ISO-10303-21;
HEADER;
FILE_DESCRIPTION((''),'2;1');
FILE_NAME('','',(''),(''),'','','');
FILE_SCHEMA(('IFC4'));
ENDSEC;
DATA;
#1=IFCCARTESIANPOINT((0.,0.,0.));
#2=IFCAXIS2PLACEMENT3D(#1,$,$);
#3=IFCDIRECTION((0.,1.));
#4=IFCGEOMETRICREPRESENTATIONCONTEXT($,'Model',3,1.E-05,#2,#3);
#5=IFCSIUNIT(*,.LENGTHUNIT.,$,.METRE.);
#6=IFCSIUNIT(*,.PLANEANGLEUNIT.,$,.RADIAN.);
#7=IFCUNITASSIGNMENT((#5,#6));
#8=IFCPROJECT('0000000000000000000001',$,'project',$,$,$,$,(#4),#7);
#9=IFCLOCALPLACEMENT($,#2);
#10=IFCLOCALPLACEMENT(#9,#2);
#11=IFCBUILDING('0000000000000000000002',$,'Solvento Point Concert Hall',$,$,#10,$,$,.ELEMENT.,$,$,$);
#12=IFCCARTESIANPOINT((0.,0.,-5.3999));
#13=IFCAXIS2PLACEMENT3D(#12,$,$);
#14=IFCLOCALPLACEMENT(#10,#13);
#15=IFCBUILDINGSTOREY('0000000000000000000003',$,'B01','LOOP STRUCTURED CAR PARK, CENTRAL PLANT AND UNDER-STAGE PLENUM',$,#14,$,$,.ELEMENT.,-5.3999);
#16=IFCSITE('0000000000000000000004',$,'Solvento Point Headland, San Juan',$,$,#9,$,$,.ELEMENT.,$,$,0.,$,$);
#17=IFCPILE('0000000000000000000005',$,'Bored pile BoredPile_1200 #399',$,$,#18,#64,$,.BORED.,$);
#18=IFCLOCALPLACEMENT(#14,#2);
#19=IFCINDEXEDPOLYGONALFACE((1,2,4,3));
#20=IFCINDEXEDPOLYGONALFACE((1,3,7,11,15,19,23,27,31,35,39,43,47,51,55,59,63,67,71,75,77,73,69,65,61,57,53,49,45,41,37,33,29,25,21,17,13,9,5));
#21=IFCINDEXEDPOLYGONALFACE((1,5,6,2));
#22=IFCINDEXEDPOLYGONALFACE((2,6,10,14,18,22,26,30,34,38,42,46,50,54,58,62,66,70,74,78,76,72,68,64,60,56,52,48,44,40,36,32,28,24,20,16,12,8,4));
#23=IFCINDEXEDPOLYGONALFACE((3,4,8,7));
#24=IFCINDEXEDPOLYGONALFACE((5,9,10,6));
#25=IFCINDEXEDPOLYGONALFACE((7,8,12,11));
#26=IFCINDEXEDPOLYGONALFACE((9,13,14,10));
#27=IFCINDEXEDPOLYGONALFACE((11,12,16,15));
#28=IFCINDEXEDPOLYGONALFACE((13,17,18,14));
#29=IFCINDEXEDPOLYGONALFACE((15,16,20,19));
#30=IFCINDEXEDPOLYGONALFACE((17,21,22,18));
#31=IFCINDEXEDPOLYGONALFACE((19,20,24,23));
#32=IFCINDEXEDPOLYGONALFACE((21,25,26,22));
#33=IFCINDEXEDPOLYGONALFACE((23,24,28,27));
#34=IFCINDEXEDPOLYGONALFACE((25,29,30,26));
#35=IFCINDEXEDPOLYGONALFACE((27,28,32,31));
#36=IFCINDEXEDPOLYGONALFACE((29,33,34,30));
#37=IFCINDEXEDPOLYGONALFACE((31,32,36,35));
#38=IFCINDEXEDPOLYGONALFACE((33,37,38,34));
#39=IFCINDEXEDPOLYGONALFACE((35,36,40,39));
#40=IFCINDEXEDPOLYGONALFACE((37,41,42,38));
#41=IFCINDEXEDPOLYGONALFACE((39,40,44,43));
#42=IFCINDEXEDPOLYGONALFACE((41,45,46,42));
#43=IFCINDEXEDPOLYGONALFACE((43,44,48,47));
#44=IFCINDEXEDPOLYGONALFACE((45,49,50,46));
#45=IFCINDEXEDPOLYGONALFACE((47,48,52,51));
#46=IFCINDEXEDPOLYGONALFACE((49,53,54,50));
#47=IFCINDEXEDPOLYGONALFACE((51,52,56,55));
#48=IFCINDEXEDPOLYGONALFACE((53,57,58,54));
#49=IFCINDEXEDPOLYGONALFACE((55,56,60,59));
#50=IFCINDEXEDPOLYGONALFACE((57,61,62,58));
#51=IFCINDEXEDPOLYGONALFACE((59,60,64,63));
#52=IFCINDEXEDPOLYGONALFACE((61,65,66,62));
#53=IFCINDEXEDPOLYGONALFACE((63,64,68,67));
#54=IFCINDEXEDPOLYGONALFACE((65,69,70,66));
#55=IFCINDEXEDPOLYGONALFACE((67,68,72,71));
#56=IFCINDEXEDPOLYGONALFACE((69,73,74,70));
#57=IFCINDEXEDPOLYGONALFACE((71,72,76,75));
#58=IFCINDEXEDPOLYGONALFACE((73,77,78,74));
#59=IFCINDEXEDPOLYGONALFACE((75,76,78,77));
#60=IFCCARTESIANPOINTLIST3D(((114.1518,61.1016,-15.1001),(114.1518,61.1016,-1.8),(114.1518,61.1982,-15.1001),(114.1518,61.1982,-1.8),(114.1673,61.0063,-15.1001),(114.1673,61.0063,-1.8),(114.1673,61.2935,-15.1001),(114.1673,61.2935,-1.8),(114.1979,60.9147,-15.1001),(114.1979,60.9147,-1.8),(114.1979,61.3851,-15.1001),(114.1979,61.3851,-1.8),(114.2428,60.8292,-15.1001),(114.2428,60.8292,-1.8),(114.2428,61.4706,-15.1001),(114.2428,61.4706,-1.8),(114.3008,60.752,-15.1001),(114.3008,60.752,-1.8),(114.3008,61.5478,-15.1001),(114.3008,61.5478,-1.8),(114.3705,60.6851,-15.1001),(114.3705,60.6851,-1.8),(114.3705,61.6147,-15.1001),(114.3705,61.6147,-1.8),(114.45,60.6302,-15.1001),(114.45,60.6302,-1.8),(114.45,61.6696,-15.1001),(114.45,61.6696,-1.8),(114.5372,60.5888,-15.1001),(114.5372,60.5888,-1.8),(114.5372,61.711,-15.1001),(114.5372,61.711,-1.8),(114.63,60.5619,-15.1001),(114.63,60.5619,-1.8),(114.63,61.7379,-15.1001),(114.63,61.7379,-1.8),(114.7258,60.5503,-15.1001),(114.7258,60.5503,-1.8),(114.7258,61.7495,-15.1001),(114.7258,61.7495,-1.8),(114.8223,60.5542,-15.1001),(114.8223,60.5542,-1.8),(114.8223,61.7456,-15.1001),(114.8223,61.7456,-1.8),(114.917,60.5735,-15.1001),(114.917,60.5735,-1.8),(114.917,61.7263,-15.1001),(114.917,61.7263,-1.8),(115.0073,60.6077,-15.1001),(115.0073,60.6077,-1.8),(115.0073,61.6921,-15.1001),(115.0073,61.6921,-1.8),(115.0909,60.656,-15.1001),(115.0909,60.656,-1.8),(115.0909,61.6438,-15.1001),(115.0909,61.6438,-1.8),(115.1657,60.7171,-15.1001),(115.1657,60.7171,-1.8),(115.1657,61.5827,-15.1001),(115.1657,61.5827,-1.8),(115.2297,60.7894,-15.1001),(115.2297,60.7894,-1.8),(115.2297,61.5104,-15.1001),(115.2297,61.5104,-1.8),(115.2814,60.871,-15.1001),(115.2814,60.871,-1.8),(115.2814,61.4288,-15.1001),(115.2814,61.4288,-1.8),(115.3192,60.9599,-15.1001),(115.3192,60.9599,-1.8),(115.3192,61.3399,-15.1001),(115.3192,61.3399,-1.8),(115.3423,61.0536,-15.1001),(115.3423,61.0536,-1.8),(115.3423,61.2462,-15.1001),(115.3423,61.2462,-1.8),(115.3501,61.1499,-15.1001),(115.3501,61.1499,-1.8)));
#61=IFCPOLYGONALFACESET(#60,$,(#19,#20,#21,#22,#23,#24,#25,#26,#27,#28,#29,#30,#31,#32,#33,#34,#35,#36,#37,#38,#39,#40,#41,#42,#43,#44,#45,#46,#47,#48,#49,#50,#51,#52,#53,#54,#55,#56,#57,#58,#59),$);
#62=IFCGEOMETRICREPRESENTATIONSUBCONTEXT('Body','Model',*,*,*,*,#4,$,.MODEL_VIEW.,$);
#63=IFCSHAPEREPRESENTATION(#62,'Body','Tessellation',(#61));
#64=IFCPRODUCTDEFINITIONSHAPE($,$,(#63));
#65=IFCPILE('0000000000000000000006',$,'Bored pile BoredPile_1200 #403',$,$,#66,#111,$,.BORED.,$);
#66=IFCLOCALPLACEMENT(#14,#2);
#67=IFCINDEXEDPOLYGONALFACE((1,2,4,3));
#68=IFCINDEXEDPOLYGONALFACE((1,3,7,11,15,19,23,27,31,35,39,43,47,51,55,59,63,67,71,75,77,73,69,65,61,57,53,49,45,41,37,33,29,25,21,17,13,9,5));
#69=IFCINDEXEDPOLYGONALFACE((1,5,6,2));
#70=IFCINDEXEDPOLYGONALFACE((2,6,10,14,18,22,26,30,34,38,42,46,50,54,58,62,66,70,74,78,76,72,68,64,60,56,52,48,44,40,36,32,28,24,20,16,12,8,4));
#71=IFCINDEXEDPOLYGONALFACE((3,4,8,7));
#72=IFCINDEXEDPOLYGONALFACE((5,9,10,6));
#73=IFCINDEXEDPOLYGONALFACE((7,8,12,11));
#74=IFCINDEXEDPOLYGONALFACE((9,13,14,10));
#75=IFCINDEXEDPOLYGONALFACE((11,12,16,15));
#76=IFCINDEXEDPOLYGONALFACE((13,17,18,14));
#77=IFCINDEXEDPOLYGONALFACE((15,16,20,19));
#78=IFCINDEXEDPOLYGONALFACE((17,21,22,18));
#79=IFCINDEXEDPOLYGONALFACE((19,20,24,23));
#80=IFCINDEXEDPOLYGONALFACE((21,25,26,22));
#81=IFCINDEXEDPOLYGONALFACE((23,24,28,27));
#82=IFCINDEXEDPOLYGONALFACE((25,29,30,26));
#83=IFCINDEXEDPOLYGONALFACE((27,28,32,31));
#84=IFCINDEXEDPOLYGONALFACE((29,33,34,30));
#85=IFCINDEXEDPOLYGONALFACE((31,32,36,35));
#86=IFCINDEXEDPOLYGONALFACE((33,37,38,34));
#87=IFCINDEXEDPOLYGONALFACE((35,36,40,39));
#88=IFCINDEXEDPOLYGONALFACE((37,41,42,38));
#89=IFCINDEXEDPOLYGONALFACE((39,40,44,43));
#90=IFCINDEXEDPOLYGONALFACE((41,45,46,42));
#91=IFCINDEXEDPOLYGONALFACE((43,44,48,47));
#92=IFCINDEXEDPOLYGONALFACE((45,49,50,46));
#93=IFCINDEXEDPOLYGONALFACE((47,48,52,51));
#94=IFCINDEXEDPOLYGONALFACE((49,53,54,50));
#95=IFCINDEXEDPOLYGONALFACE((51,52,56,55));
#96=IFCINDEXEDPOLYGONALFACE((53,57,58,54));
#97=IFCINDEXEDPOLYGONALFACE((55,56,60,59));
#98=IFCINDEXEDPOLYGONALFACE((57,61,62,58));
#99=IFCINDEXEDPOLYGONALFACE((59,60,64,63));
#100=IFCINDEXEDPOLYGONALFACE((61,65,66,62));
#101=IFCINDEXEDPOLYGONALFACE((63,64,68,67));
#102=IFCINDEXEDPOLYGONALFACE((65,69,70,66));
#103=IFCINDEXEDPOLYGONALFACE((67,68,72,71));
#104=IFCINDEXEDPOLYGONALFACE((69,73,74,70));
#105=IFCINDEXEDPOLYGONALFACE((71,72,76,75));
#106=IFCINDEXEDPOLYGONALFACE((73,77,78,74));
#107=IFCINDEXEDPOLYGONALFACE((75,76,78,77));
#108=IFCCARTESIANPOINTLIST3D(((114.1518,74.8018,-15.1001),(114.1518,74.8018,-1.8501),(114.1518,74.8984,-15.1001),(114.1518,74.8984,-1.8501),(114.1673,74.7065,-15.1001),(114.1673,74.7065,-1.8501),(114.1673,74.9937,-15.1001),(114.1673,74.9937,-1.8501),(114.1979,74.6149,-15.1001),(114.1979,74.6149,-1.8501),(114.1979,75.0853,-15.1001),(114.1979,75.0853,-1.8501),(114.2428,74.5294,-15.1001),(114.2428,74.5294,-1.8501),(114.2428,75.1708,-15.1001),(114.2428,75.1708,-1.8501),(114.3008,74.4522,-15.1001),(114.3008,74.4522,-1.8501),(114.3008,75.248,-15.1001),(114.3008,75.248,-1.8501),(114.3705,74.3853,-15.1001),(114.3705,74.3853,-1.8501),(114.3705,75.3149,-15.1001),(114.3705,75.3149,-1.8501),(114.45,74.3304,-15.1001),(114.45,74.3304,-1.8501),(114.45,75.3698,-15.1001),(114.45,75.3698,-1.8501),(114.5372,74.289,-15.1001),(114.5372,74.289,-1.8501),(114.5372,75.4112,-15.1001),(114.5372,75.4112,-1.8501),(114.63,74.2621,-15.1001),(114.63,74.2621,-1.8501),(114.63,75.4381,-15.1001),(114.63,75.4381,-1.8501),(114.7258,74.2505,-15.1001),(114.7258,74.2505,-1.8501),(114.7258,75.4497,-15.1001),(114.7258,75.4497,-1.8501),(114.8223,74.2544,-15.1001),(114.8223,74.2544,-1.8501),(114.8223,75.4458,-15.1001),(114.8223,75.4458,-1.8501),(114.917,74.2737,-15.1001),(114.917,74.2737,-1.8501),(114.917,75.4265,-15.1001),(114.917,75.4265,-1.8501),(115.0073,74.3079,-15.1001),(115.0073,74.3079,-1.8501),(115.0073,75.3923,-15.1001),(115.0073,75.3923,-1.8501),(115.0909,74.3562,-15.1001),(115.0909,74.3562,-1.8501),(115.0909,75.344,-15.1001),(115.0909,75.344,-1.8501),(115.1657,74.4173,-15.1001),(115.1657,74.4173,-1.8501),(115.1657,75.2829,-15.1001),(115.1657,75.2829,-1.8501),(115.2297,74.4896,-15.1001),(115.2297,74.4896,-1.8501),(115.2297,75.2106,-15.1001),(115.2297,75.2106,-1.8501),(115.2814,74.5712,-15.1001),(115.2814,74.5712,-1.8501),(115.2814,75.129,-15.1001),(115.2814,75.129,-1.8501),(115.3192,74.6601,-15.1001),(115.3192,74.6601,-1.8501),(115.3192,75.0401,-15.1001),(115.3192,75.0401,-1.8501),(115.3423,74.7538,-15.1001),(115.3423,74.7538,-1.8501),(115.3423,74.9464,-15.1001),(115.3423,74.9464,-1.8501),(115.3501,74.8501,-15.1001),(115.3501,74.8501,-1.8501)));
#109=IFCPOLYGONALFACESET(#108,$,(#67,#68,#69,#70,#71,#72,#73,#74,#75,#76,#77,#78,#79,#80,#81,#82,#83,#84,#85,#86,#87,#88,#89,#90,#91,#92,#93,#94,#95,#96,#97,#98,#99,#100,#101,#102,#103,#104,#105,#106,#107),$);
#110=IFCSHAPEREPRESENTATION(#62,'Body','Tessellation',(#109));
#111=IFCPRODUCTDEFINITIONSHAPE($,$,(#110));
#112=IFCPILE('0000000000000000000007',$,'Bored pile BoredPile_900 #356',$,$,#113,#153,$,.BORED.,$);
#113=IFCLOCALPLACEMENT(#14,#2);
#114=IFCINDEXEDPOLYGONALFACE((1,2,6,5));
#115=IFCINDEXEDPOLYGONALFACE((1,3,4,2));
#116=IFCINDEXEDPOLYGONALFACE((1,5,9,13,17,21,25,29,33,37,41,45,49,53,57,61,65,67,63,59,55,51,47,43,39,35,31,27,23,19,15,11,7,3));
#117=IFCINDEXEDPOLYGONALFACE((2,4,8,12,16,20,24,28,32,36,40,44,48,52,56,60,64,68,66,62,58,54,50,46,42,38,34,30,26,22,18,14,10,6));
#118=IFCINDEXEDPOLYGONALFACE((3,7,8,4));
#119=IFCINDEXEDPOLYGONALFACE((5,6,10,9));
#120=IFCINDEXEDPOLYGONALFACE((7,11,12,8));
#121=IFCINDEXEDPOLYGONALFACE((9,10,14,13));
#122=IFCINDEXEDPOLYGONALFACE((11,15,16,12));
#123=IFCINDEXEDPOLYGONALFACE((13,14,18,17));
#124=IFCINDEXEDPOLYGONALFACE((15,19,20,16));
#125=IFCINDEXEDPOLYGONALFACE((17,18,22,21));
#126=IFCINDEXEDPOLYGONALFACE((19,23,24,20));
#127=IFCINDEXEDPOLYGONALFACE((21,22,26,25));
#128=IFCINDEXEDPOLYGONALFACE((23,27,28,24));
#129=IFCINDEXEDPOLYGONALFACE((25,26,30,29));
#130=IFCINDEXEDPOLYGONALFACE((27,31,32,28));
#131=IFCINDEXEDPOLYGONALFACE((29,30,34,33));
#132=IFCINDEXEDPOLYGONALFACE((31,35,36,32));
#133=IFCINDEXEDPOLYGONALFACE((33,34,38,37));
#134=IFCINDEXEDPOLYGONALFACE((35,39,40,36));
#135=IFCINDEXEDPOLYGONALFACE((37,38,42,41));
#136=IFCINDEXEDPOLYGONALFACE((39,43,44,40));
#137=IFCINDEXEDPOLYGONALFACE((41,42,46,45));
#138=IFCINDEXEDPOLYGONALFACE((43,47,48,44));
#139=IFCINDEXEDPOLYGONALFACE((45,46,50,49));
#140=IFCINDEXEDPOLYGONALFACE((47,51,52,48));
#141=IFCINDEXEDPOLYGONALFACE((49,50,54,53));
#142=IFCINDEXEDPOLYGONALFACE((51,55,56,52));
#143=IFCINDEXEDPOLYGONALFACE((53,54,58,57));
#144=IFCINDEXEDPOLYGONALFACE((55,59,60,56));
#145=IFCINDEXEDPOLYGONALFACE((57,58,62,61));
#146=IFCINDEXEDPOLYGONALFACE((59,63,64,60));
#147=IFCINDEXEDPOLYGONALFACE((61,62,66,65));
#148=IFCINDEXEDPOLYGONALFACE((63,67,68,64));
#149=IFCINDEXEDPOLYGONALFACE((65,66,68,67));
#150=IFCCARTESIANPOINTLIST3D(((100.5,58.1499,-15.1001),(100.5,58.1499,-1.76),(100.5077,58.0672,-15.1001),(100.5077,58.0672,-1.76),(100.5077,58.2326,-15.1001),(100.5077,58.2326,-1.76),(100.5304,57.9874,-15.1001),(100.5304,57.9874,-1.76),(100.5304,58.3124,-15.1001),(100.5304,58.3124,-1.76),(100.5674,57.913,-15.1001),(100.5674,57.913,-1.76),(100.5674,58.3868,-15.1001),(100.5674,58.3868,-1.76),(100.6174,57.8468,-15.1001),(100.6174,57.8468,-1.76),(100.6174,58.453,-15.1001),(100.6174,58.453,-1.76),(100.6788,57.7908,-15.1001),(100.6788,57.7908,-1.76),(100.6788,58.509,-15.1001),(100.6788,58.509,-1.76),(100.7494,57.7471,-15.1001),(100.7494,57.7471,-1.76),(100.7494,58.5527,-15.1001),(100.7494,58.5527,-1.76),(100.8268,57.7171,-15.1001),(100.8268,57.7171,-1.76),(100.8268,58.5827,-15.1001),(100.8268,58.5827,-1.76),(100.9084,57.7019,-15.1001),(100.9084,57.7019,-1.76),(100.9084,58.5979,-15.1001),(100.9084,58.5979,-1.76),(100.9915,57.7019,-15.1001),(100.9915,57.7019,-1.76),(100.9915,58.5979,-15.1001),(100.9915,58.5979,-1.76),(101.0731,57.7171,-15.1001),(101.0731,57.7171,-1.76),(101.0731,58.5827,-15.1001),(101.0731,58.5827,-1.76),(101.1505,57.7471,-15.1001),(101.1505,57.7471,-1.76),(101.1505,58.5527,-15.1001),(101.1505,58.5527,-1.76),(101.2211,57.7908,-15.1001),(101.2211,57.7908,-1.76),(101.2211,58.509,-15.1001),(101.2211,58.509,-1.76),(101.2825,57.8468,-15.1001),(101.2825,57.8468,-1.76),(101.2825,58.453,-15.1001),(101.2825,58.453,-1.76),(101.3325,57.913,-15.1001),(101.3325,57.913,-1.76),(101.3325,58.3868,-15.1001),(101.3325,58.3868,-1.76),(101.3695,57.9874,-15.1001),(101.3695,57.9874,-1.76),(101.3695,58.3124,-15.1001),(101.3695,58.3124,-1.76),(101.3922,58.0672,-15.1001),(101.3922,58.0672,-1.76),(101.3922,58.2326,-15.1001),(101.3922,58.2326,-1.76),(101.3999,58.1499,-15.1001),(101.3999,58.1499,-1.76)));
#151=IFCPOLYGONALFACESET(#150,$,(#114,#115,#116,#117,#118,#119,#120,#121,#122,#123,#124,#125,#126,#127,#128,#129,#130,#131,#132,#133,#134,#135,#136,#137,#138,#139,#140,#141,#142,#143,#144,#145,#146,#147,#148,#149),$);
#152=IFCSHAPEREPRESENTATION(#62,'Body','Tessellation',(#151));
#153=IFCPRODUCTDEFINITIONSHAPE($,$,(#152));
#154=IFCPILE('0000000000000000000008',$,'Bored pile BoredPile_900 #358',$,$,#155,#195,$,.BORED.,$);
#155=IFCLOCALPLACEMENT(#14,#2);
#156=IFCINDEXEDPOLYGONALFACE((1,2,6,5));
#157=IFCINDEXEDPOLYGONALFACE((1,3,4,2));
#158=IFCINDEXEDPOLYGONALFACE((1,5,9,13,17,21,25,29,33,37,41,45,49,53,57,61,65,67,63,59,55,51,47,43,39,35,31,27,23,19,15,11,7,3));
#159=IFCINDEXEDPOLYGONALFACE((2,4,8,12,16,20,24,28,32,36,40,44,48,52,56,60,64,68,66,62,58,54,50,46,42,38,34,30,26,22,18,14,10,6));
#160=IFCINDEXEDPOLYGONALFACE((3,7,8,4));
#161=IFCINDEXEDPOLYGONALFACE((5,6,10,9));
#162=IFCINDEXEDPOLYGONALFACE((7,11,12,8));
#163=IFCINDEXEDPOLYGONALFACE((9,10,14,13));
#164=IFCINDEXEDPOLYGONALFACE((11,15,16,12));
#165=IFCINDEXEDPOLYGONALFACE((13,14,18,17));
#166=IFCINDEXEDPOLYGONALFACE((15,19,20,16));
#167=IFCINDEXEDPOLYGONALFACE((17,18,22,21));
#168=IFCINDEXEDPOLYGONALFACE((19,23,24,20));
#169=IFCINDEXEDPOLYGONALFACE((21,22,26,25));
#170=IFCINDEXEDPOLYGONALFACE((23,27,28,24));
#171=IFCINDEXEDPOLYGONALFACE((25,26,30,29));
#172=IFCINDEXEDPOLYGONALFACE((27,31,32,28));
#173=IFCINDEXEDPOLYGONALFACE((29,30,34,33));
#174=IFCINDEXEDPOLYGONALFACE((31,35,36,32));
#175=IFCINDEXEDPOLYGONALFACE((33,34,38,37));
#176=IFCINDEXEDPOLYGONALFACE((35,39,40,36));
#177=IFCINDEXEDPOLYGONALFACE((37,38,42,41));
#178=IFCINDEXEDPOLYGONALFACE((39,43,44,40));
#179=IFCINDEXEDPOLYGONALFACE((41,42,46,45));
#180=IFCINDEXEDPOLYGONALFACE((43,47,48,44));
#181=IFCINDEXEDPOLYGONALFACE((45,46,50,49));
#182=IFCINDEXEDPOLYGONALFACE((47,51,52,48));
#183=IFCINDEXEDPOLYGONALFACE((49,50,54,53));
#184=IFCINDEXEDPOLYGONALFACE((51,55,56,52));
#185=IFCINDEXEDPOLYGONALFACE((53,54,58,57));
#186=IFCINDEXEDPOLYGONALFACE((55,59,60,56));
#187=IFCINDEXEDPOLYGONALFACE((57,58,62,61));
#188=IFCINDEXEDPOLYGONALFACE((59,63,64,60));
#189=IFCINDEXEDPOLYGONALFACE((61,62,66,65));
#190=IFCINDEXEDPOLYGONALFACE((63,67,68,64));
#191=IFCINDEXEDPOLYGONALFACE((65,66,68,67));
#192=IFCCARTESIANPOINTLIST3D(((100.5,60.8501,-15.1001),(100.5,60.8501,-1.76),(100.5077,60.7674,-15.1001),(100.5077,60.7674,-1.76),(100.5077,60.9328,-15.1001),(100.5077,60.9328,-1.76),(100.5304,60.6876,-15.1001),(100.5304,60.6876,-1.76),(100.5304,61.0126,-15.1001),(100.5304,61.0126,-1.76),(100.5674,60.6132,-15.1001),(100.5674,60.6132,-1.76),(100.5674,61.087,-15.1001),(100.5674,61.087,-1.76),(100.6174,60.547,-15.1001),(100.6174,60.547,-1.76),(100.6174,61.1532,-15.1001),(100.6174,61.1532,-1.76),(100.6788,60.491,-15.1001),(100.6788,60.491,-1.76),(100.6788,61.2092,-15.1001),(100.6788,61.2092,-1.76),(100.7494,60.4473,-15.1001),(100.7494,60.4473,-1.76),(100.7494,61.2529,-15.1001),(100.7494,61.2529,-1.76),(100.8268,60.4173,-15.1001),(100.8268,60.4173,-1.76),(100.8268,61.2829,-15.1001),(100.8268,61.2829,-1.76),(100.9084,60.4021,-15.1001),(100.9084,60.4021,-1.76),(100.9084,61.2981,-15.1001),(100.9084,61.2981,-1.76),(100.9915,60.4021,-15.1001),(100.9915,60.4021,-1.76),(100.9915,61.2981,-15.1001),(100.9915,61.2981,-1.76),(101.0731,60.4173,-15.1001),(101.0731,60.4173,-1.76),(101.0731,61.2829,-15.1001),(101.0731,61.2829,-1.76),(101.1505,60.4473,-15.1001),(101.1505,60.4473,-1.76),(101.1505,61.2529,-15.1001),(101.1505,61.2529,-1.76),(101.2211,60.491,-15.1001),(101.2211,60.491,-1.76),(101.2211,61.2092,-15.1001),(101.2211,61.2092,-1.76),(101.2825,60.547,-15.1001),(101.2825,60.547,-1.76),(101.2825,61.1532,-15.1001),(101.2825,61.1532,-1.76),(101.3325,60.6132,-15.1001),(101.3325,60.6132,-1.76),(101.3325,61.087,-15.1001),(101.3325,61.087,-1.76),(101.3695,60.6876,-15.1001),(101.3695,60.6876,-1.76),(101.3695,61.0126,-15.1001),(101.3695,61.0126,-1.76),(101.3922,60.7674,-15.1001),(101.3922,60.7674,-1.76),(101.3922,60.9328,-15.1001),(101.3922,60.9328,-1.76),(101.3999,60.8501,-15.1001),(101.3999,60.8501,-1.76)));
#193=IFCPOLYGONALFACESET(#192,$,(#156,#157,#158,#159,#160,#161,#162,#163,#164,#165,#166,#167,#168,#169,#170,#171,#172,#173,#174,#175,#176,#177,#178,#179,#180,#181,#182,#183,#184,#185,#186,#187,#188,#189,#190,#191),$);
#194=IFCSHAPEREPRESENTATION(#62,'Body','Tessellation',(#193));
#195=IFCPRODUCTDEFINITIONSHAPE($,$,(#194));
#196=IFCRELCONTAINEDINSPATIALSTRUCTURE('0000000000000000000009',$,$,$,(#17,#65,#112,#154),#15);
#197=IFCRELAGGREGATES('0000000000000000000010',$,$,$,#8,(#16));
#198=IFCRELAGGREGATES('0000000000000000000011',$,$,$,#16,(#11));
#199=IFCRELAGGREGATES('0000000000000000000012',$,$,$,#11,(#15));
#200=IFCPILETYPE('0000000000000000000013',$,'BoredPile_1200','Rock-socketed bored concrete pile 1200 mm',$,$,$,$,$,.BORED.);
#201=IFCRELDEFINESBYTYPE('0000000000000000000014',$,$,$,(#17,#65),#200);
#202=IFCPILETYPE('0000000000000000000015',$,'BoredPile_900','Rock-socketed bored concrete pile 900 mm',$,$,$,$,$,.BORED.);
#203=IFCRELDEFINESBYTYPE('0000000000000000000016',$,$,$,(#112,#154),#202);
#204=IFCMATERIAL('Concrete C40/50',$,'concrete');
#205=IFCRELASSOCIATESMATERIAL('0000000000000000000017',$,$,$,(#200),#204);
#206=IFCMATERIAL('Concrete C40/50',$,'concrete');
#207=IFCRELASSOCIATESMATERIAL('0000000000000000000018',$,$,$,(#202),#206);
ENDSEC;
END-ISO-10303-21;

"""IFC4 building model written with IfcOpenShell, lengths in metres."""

from ifc_helpers import new_model, si_unit, direction, frame, origin, origin_2d, place, context, subcontext, project, spatial, circle, extrude, material, material_profile, profile_set, type_object, element, save


model = new_model("IFC4")

# Units and contexts
model_context = context("Model", 3, precision=1e-05, world=origin(), true_north=direction((0.0, 1.0)))
body_context = subcontext(model_context, "Body", "Model", "MODEL_VIEW")
ifc_project = project(units=[si_unit("LENGTHUNIT", "METRE"), si_unit("PLANEANGLEUNIT", "RADIAN")], contexts=[model_context])

# Site, building, storey
site_placement = place(None, origin())
site = spatial("IfcSite", under=ifc_project, at=site_placement, Name="Solvento Point Headland, San Juan", CompositionType="ELEMENT", RefElevation=0.0)
building_placement = place(site_placement, origin())
building = spatial("IfcBuilding", under=site, at=building_placement, Name="Solvento Point Concert Hall", CompositionType="ELEMENT")
storey_placement = place(building_placement, frame((0.0, 0.0, -5.3999)))
storey = spatial("IfcBuildingStorey", under=building, at=storey_placement, Name="B01", Description="LOOP STRUCTURED CAR PARK, CENTRAL PLANT AND UNDER-STAGE PLENUM", CompositionType="ELEMENT", Elevation=-5.3999)

# Piles
ifc_material_1 = material(Name="Concrete C40/50", Category="concrete")
ifc_material_profile_1 = material_profile(ifc_material_1, circle(Radius=0.6001, at=origin_2d()), Name="BP-1200")
ifc_profile_set_1 = profile_set([ifc_material_profile_1], Name="Concrete C40/50")
pile_type_1 = type_object("IfcPileType", Name="BoredPile_1200", Description="Rock-socketed bored concrete pile 1200 mm", PredefinedType="BORED", material=ifc_profile_set_1)
for number, where, z_axis, x_axis, name in (
    (1, (114.75, 61.1499, -1.8), (0.0, 0.0, -1.0), (1.0, 0.0, 0.0), "Bored pile BoredPile_1200 #399"),
):
    element("IfcPile", number, at=place(storey_placement, frame(where, z_axis=z_axis, x_axis=x_axis)), inside=storey, type_object=pile_type_1, Name=name, PredefinedType="BORED", context=body_context, shape_type="SweptSolid", body=[
        extrude(circle(Radius=0.6001, at=origin_2d()), origin(), (0.0, 0.0, 1.0), 13.3),
    ])
pile_placement = place(storey_placement, frame((114.75, 74.8501, -1.8501), z_axis=(0.0, 0.0, -1.0), x_axis=(1.0, 0.0, 0.0)))
element("IfcPile", 2, at=pile_placement, inside=storey, type_object=pile_type_1, Name="Bored pile BoredPile_1200 #403", PredefinedType="BORED", context=body_context, shape_type="SweptSolid", body=[
    extrude(circle(Radius=0.6001, at=origin_2d()), origin(), (0.0, 0.0, 1.0), 13.25),
])
ifc_material_2 = material(Name="Concrete C40/50", Category="concrete")
ifc_material_profile_2 = material_profile(ifc_material_2, circle(Radius=0.45, at=origin_2d()), Name="BP-900")
ifc_profile_set_2 = profile_set([ifc_material_profile_2], Name="Concrete C40/50")
pile_type_2 = type_object("IfcPileType", Name="BoredPile_900", Description="Rock-socketed bored concrete pile 900 mm", PredefinedType="BORED", material=ifc_profile_set_2)
for number, where, z_axis, x_axis, name in (
    (3, (100.95, 58.1499, -1.76), (0.0, 0.0, -1.0), (1.0, 0.0, 0.0), "Bored pile BoredPile_900 #356"),
    (4, (100.95, 60.8501, -1.76), (0.0, 0.0, -1.0), (1.0, 0.0, 0.0), "Bored pile BoredPile_900 #358"),
):
    element("IfcPile", number, at=place(storey_placement, frame(where, z_axis=z_axis, x_axis=x_axis)), inside=storey, type_object=pile_type_2, Name=name, PredefinedType="BORED", context=body_context, shape_type="SweptSolid", body=[
        extrude(circle(Radius=0.45, at=origin_2d()), origin(), (0.0, 0.0, 1.0), 13.3401),
    ])

save(model, "model.ifc")
